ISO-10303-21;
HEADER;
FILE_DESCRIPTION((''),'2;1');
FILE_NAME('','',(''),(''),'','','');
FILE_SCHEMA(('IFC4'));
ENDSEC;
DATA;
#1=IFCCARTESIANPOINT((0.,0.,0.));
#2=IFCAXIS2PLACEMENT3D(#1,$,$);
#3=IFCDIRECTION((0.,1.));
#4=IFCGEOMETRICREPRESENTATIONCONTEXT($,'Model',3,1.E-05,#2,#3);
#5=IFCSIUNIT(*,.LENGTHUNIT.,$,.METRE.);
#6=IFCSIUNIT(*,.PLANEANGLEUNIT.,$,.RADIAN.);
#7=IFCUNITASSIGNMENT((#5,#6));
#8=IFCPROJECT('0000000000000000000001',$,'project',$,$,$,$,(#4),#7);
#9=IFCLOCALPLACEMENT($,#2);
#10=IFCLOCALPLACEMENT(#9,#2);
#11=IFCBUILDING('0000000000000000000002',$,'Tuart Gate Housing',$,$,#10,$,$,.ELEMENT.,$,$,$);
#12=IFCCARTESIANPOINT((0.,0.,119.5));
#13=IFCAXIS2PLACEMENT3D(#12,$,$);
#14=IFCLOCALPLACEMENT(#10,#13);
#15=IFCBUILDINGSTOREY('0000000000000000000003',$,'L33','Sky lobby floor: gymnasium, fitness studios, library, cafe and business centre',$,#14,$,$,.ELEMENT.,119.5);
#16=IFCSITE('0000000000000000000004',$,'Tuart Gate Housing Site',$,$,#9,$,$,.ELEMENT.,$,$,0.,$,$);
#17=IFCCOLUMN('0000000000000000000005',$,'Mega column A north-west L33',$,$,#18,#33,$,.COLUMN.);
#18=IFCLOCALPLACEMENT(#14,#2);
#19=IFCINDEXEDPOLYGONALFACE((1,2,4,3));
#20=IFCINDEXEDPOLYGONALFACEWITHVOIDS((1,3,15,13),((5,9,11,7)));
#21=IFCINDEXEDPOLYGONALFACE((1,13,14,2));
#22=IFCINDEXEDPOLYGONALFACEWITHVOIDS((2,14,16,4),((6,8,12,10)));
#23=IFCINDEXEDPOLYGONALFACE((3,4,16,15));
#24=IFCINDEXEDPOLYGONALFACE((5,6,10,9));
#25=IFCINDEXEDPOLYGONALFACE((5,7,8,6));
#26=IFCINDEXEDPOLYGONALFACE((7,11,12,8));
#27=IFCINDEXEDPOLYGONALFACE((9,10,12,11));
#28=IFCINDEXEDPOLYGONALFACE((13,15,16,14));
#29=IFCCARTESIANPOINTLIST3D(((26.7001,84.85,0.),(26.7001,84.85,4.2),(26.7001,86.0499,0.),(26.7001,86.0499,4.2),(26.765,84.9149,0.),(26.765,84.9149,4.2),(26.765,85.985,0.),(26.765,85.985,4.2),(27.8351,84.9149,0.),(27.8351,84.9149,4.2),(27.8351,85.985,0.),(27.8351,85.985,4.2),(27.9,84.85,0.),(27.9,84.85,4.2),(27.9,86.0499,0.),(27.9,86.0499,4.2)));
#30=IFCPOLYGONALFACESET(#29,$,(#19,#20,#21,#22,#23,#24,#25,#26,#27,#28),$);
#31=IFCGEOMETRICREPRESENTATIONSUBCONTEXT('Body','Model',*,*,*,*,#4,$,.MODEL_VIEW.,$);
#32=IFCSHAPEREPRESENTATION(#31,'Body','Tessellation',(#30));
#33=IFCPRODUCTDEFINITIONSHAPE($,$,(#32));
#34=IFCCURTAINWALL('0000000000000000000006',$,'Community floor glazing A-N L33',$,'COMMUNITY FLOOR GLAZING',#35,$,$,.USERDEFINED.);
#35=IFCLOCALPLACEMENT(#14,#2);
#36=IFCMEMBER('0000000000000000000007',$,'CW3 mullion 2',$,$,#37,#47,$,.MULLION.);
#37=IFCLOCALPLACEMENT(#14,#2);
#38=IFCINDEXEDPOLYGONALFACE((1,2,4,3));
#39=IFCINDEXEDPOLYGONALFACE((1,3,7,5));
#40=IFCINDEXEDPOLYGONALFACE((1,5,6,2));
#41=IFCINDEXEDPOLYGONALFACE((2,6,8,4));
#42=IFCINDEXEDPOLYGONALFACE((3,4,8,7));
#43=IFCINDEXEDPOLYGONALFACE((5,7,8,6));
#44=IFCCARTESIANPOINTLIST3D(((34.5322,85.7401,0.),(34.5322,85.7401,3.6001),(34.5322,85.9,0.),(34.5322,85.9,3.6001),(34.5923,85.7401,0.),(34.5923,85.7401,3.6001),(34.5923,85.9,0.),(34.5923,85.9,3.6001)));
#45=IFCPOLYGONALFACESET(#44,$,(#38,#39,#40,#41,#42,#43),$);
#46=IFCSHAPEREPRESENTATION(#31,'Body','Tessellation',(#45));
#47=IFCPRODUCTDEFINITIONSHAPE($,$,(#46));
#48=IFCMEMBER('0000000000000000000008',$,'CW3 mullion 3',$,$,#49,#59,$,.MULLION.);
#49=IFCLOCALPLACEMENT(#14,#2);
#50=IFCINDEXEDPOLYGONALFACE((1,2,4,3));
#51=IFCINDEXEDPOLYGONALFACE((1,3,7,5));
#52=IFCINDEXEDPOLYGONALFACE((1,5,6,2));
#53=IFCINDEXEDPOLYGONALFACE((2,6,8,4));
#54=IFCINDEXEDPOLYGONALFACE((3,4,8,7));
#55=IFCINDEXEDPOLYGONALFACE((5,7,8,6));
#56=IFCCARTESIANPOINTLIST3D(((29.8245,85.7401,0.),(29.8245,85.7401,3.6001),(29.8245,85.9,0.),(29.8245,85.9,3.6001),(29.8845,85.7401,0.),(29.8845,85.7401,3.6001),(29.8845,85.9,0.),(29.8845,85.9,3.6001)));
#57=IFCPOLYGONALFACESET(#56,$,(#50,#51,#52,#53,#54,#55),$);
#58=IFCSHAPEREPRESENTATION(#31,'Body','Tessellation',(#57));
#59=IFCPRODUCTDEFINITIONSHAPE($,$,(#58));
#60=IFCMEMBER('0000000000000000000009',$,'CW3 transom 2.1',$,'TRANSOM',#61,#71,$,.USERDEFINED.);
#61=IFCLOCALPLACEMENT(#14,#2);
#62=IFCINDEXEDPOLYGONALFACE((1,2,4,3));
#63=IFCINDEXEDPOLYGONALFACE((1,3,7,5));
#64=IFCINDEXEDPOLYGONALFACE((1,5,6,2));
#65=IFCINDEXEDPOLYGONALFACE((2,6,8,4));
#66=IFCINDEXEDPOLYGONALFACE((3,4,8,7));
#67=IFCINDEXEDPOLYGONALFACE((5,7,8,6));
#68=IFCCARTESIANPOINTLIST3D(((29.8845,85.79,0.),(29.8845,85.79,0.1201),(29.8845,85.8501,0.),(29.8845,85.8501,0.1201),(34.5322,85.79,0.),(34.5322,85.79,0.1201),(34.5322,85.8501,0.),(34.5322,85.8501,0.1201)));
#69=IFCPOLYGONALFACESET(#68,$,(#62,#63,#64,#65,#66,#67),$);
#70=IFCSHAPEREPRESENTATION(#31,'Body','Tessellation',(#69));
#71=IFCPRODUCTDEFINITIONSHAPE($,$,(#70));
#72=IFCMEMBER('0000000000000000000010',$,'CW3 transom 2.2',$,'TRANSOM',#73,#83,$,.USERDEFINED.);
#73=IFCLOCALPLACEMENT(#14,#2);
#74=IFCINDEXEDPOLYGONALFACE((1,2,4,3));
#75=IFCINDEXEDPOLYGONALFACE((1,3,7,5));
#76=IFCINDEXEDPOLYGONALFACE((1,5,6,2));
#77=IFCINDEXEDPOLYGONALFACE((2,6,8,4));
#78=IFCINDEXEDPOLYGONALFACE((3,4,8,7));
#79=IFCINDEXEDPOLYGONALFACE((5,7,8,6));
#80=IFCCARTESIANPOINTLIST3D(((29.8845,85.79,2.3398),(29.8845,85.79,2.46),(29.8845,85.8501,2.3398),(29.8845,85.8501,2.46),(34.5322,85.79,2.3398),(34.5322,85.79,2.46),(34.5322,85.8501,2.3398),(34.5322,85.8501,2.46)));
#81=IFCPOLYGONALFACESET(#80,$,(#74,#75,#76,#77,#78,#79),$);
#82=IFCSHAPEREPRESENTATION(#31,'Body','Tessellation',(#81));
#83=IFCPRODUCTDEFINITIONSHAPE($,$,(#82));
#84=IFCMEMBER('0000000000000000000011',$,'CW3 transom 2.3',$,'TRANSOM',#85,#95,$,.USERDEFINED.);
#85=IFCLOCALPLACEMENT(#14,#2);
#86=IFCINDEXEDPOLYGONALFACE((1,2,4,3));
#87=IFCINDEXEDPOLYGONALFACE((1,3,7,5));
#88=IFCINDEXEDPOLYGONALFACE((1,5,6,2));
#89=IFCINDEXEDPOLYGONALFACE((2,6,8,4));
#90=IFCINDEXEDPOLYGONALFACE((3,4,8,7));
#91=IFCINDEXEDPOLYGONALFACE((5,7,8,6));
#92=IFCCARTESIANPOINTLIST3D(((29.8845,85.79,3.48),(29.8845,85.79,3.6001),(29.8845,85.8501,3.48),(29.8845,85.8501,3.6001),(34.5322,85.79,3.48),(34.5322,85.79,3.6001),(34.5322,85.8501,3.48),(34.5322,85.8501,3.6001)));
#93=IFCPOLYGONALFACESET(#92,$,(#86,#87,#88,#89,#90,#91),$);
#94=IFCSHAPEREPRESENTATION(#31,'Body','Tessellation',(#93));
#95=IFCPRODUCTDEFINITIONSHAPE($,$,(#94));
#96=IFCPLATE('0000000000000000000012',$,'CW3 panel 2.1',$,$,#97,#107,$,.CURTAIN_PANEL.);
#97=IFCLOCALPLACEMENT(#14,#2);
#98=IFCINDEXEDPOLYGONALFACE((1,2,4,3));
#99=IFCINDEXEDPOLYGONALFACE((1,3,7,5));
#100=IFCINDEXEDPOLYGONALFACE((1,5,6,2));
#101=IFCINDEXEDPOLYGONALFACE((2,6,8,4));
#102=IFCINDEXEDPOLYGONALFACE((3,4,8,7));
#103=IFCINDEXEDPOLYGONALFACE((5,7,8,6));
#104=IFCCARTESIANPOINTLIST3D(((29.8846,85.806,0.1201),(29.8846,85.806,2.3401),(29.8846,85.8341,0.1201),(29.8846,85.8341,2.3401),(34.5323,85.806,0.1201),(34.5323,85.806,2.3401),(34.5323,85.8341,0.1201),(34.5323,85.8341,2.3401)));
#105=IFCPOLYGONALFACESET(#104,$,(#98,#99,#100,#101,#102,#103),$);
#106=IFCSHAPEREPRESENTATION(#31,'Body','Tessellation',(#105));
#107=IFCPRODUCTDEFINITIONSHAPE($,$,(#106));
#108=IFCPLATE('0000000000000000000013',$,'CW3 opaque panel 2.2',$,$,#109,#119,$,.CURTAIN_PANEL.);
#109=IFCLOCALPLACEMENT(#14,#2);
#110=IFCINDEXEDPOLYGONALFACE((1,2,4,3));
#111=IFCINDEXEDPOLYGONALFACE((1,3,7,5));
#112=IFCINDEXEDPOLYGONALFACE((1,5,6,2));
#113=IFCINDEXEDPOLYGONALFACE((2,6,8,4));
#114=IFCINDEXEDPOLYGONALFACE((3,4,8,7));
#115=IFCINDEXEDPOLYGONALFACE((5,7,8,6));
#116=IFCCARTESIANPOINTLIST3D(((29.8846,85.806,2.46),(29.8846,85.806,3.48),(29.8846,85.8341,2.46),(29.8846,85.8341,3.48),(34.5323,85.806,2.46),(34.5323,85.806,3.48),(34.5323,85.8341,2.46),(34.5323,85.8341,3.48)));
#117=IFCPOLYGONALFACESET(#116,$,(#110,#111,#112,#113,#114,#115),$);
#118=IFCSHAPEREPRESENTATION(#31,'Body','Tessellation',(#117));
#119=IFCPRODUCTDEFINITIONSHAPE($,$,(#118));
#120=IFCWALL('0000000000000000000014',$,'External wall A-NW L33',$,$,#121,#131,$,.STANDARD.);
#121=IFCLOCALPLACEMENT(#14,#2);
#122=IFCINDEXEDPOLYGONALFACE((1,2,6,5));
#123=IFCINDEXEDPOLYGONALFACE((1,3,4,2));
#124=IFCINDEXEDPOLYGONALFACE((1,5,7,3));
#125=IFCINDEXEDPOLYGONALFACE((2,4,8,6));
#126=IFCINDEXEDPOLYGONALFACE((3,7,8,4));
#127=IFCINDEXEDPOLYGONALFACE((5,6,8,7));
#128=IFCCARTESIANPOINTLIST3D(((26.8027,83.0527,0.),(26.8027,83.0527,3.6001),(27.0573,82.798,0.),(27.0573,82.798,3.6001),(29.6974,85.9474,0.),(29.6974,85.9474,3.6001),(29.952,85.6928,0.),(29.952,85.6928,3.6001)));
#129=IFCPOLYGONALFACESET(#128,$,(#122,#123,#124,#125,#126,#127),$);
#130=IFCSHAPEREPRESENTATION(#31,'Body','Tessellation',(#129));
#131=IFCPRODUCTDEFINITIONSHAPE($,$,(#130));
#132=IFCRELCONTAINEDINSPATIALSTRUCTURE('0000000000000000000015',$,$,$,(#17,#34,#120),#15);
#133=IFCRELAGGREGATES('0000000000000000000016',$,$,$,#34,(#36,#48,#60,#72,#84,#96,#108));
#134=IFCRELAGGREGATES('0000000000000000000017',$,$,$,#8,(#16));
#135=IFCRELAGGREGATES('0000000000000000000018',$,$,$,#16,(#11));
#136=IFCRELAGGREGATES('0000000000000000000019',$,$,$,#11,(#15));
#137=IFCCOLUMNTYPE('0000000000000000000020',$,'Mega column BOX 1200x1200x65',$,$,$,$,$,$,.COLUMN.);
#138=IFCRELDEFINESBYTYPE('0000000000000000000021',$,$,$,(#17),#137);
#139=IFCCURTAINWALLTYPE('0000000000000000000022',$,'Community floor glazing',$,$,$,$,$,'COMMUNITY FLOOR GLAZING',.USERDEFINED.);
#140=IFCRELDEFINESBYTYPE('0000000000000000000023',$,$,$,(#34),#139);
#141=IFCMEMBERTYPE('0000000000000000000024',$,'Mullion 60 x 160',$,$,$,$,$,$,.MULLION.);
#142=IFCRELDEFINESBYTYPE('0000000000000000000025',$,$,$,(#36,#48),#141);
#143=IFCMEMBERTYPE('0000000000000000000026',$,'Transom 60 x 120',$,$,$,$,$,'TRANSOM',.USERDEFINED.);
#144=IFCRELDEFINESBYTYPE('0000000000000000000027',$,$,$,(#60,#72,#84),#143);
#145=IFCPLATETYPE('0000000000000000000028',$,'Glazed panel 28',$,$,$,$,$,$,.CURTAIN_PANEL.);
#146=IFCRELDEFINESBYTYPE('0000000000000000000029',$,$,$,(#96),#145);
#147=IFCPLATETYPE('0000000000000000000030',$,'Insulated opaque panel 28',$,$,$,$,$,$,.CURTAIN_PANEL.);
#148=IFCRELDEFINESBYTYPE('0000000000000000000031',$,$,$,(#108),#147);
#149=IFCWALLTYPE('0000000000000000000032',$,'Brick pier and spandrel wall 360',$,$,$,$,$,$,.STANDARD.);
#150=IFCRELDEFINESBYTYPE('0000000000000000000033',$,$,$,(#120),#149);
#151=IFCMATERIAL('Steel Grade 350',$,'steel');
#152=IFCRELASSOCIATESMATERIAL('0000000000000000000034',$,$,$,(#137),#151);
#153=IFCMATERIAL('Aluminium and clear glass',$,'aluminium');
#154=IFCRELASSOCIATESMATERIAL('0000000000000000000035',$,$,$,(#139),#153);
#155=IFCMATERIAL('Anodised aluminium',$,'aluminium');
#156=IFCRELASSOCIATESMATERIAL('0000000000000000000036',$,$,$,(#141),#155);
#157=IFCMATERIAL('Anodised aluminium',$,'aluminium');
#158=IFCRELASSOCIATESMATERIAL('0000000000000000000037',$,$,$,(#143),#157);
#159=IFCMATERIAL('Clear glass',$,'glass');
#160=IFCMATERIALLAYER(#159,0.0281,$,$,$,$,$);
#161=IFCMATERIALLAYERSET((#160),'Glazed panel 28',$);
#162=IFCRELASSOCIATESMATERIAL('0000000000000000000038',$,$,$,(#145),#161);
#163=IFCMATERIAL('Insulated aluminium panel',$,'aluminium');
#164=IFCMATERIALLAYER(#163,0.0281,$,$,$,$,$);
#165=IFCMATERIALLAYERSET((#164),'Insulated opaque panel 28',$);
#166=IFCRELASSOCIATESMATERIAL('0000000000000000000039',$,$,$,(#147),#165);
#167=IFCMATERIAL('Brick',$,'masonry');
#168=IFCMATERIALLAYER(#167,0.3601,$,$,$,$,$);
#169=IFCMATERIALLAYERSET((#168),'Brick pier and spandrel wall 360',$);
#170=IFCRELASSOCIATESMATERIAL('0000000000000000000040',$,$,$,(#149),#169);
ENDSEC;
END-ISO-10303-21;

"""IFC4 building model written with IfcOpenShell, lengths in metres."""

from ifc_helpers import new_model, si_unit, direction, frame, frame_2d, origin, origin_2d, place, context, subcontext, project, spatial, rectangle, hollow_rectangle, extrude, material, layer, layer_set, material_profile, profile_set, type_object, element, aggregate, save


model = new_model("IFC4")

# Units and contexts
model_context = context("Model", 3, precision=1e-05, world=origin(), true_north=direction((0.0, 1.0)))
body_context = subcontext(model_context, "Body", "Model", "MODEL_VIEW")
ifc_project = project(units=[si_unit("LENGTHUNIT", "METRE"), si_unit("PLANEANGLEUNIT", "RADIAN")], contexts=[model_context])

# Site, building, storey
site_placement = place(None, origin())
site = spatial("IfcSite", under=ifc_project, at=site_placement, Name="Tuart Gate Housing Site", CompositionType="ELEMENT", RefElevation=0.0)
building_placement = place(site_placement, origin())
building = spatial("IfcBuilding", under=site, at=building_placement, Name="Tuart Gate Housing", CompositionType="ELEMENT")
storey_placement = place(building_placement, frame((0.0, 0.0, 119.5)))
storey = spatial("IfcBuildingStorey", under=building, at=storey_placement, Name="L33", Description="Sky lobby floor: gymnasium, fitness studios, library, cafe and business centre", CompositionType="ELEMENT", Elevation=119.5)

# Column
ifc_material_1 = material(Name="Steel Grade 350", Category="steel")
ifc_material_profile_1 = material_profile(ifc_material_1, hollow_rectangle(XDim=1.2, YDim=1.2, WallThickness=0.0649, at=origin_2d()), Name="BOX 1200x1200x65")
ifc_profile_set_1 = profile_set([ifc_material_profile_1], Name="Steel Grade 350")
column_type = type_object("IfcColumnType", Name="Mega column BOX 1200x1200x65", PredefinedType="COLUMN", material=ifc_profile_set_1)
column_placement = place(storey_placement, frame((27.3, 85.45, 0.0), z_axis=(0.0, 0.0, 1.0), x_axis=(1.0, 0.0, 0.0)))
element("IfcColumn", 1, at=column_placement, inside=storey, type_object=column_type, Name="Mega column A north-west L33", PredefinedType="COLUMN", context=body_context, shape_type="SweptSolid", body=[
    extrude(hollow_rectangle(XDim=1.2, YDim=1.2, WallThickness=0.0649, at=origin_2d()), origin(), (0.0, 0.0, 1.0), 4.2),
])

# Curtain wall, members, plates
ifc_material_2 = material(Name="Aluminium and clear glass", Category="aluminium")
curtain_wall_type = type_object("IfcCurtainWallType", Name="Community floor glazing", ElementType="COMMUNITY FLOOR GLAZING", PredefinedType="USERDEFINED", material=ifc_material_2)
curtain_wall_placement = place(storey_placement, origin())
curtain_wall = element("IfcCurtainWall", 2, at=curtain_wall_placement, inside=storey, type_object=curtain_wall_type, Name="Community floor glazing A-N L33", ObjectType="COMMUNITY FLOOR GLAZING", PredefinedType="USERDEFINED")
ifc_material_3 = material(Name="Anodised aluminium", Category="aluminium")
ifc_material_profile_2 = material_profile(ifc_material_3, rectangle(XDim=0.0601, YDim=0.1599, at=origin_2d()), Name="60x160")
ifc_profile_set_2 = profile_set([ifc_material_profile_2], Name="Anodised aluminium")
member_type_1 = type_object("IfcMemberType", Name="Mullion 60 x 160", PredefinedType="MULLION", material=ifc_profile_set_2)
member_1_placement = place(storey_placement, frame((34.5623, 85.8201, 0.0), z_axis=(0.0, 0.0, 1.0), x_axis=(-1.0, 0.0, 0.0)))
member_1 = element("IfcMember", 3, at=member_1_placement, type_object=member_type_1, Name="CW3 mullion 2", PredefinedType="MULLION", context=body_context, shape_type="SweptSolid", body=[
    extrude(rectangle(XDim=0.0601, YDim=0.1599, at=origin_2d()), origin(), (0.0, 0.0, 1.0), 3.6001),
])
member_2_placement = place(storey_placement, frame((29.8545, 85.8201, 0.0), z_axis=(0.0, 0.0, 1.0), x_axis=(-1.0, 0.0, 0.0)))
member_2 = element("IfcMember", 4, at=member_2_placement, type_object=member_type_1, Name="CW3 mullion 3", PredefinedType="MULLION", context=body_context, shape_type="SweptSolid", body=[
    extrude(rectangle(XDim=0.0601, YDim=0.1599, at=origin_2d()), origin(), (0.0, 0.0, 1.0), 3.6001),
])
ifc_material_4 = material(Name="Anodised aluminium", Category="aluminium")
ifc_material_profile_3 = material_profile(ifc_material_4, rectangle(XDim=0.0601, YDim=0.1201, at=origin_2d()), Name="60x120")
ifc_profile_set_3 = profile_set([ifc_material_profile_3], Name="Anodised aluminium")
member_type_2 = type_object("IfcMemberType", Name="Transom 60 x 120", ElementType="TRANSOM", PredefinedType="USERDEFINED", material=ifc_profile_set_3)
member_3_placement = place(storey_placement, frame((34.5322, 85.8201, 0.0601), z_axis=(-1.0, 0.0, 0.0), x_axis=(0.0, -1.0, 0.0)))
member_3 = element("IfcMember", 5, at=member_3_placement, type_object=member_type_2, Name="CW3 transom 2.1", ObjectType="TRANSOM", PredefinedType="USERDEFINED", context=body_context, shape_type="SweptSolid", body=[
    extrude(rectangle(XDim=0.0601, YDim=0.1201, at=origin_2d()), origin(), (0.0, 0.0, 1.0), 4.6477),
])
member_4_placement = place(storey_placement, frame((34.5322, 85.8201, 2.3999), z_axis=(-1.0, 0.0, 0.0), x_axis=(0.0, -1.0, 0.0)))
member_4 = element("IfcMember", 6, at=member_4_placement, type_object=member_type_2, Name="CW3 transom 2.2", ObjectType="TRANSOM", PredefinedType="USERDEFINED", context=body_context, shape_type="SweptSolid", body=[
    extrude(rectangle(XDim=0.0601, YDim=0.1201, at=origin_2d()), origin(), (0.0, 0.0, 1.0), 4.6477),
])
member_5_placement = place(storey_placement, frame((34.5322, 85.8201, 3.54), z_axis=(-1.0, 0.0, 0.0), x_axis=(0.0, -1.0, 0.0)))
member_5 = element("IfcMember", 7, at=member_5_placement, type_object=member_type_2, Name="CW3 transom 2.3", ObjectType="TRANSOM", PredefinedType="USERDEFINED", context=body_context, shape_type="SweptSolid", body=[
    extrude(rectangle(XDim=0.0601, YDim=0.1201, at=origin_2d()), origin(), (0.0, 0.0, 1.0), 4.6477),
])
ifc_material_5 = material(Name="Clear glass", Category="glass")
ifc_layer_1 = layer(ifc_material_5, 0.0281)
ifc_layer_set_1 = layer_set([ifc_layer_1], Name="Glazed panel 28")
plate_type_1 = type_object("IfcPlateType", Name="Glazed panel 28", PredefinedType="CURTAIN_PANEL", material=ifc_layer_set_1)
plate_1_placement = place(storey_placement, frame((32.2085, 85.8201, 0.1201), z_axis=(0.0, 0.0, 1.0), x_axis=(-1.0, 0.0, 0.0)))
plate_1 = element("IfcPlate", 8, at=plate_1_placement, type_object=plate_type_1, Name="CW3 panel 2.1", PredefinedType="CURTAIN_PANEL", context=body_context, shape_type="SweptSolid", body=[
    extrude(rectangle(XDim=4.6477, YDim=0.0281, at=origin_2d()), origin(), (0.0, 0.0, 1.0), 2.22),
])
ifc_material_6 = material(Name="Insulated aluminium panel", Category="aluminium")
ifc_layer_2 = layer(ifc_material_6, 0.0281)
ifc_layer_set_2 = layer_set([ifc_layer_2], Name="Insulated opaque panel 28")
plate_type_2 = type_object("IfcPlateType", Name="Insulated opaque panel 28", PredefinedType="CURTAIN_PANEL", material=ifc_layer_set_2)
plate_2_placement = place(storey_placement, frame((32.2085, 85.8201, 2.46), z_axis=(0.0, 0.0, 1.0), x_axis=(-1.0, 0.0, 0.0)))
plate_2 = element("IfcPlate", 9, at=plate_2_placement, type_object=plate_type_2, Name="CW3 opaque panel 2.2", PredefinedType="CURTAIN_PANEL", context=body_context, shape_type="SweptSolid", body=[
    extrude(rectangle(XDim=4.6477, YDim=0.0281, at=origin_2d()), origin(), (0.0, 0.0, 1.0), 1.02),
])
aggregate(curtain_wall, [member_1, member_2, member_3, member_4, member_5, plate_1, plate_2])

# Wall
ifc_material_7 = material(Name="Brick", Category="masonry")
ifc_layer_3 = layer(ifc_material_7, 0.3601)
ifc_layer_set_3 = layer_set([ifc_layer_3], Name="Brick pier and spandrel wall 360")
wall_type = type_object("IfcWallType", Name="Brick pier and spandrel wall 360", PredefinedType="STANDARD", material=ifc_layer_set_3)
wall_1_placement = place(storey_placement, frame((29.8247, 85.8201, 0.0), z_axis=(0.0, 0.0, 1.0), x_axis=(-0.707107, -0.707107, 0.0)))
element("IfcWall", 10, at=wall_1_placement, inside=storey, type_object=wall_type, Name="External wall A-NW L33", PredefinedType="STANDARD", context=body_context, shape_type="SweptSolid", body=[
    extrude(rectangle(XDim=4.0938, YDim=0.3601, at=frame_2d((2.0469, 0.0))), origin(), (0.0, 0.0, 1.0), 3.6001),
])

save(model, "model.ifc")
